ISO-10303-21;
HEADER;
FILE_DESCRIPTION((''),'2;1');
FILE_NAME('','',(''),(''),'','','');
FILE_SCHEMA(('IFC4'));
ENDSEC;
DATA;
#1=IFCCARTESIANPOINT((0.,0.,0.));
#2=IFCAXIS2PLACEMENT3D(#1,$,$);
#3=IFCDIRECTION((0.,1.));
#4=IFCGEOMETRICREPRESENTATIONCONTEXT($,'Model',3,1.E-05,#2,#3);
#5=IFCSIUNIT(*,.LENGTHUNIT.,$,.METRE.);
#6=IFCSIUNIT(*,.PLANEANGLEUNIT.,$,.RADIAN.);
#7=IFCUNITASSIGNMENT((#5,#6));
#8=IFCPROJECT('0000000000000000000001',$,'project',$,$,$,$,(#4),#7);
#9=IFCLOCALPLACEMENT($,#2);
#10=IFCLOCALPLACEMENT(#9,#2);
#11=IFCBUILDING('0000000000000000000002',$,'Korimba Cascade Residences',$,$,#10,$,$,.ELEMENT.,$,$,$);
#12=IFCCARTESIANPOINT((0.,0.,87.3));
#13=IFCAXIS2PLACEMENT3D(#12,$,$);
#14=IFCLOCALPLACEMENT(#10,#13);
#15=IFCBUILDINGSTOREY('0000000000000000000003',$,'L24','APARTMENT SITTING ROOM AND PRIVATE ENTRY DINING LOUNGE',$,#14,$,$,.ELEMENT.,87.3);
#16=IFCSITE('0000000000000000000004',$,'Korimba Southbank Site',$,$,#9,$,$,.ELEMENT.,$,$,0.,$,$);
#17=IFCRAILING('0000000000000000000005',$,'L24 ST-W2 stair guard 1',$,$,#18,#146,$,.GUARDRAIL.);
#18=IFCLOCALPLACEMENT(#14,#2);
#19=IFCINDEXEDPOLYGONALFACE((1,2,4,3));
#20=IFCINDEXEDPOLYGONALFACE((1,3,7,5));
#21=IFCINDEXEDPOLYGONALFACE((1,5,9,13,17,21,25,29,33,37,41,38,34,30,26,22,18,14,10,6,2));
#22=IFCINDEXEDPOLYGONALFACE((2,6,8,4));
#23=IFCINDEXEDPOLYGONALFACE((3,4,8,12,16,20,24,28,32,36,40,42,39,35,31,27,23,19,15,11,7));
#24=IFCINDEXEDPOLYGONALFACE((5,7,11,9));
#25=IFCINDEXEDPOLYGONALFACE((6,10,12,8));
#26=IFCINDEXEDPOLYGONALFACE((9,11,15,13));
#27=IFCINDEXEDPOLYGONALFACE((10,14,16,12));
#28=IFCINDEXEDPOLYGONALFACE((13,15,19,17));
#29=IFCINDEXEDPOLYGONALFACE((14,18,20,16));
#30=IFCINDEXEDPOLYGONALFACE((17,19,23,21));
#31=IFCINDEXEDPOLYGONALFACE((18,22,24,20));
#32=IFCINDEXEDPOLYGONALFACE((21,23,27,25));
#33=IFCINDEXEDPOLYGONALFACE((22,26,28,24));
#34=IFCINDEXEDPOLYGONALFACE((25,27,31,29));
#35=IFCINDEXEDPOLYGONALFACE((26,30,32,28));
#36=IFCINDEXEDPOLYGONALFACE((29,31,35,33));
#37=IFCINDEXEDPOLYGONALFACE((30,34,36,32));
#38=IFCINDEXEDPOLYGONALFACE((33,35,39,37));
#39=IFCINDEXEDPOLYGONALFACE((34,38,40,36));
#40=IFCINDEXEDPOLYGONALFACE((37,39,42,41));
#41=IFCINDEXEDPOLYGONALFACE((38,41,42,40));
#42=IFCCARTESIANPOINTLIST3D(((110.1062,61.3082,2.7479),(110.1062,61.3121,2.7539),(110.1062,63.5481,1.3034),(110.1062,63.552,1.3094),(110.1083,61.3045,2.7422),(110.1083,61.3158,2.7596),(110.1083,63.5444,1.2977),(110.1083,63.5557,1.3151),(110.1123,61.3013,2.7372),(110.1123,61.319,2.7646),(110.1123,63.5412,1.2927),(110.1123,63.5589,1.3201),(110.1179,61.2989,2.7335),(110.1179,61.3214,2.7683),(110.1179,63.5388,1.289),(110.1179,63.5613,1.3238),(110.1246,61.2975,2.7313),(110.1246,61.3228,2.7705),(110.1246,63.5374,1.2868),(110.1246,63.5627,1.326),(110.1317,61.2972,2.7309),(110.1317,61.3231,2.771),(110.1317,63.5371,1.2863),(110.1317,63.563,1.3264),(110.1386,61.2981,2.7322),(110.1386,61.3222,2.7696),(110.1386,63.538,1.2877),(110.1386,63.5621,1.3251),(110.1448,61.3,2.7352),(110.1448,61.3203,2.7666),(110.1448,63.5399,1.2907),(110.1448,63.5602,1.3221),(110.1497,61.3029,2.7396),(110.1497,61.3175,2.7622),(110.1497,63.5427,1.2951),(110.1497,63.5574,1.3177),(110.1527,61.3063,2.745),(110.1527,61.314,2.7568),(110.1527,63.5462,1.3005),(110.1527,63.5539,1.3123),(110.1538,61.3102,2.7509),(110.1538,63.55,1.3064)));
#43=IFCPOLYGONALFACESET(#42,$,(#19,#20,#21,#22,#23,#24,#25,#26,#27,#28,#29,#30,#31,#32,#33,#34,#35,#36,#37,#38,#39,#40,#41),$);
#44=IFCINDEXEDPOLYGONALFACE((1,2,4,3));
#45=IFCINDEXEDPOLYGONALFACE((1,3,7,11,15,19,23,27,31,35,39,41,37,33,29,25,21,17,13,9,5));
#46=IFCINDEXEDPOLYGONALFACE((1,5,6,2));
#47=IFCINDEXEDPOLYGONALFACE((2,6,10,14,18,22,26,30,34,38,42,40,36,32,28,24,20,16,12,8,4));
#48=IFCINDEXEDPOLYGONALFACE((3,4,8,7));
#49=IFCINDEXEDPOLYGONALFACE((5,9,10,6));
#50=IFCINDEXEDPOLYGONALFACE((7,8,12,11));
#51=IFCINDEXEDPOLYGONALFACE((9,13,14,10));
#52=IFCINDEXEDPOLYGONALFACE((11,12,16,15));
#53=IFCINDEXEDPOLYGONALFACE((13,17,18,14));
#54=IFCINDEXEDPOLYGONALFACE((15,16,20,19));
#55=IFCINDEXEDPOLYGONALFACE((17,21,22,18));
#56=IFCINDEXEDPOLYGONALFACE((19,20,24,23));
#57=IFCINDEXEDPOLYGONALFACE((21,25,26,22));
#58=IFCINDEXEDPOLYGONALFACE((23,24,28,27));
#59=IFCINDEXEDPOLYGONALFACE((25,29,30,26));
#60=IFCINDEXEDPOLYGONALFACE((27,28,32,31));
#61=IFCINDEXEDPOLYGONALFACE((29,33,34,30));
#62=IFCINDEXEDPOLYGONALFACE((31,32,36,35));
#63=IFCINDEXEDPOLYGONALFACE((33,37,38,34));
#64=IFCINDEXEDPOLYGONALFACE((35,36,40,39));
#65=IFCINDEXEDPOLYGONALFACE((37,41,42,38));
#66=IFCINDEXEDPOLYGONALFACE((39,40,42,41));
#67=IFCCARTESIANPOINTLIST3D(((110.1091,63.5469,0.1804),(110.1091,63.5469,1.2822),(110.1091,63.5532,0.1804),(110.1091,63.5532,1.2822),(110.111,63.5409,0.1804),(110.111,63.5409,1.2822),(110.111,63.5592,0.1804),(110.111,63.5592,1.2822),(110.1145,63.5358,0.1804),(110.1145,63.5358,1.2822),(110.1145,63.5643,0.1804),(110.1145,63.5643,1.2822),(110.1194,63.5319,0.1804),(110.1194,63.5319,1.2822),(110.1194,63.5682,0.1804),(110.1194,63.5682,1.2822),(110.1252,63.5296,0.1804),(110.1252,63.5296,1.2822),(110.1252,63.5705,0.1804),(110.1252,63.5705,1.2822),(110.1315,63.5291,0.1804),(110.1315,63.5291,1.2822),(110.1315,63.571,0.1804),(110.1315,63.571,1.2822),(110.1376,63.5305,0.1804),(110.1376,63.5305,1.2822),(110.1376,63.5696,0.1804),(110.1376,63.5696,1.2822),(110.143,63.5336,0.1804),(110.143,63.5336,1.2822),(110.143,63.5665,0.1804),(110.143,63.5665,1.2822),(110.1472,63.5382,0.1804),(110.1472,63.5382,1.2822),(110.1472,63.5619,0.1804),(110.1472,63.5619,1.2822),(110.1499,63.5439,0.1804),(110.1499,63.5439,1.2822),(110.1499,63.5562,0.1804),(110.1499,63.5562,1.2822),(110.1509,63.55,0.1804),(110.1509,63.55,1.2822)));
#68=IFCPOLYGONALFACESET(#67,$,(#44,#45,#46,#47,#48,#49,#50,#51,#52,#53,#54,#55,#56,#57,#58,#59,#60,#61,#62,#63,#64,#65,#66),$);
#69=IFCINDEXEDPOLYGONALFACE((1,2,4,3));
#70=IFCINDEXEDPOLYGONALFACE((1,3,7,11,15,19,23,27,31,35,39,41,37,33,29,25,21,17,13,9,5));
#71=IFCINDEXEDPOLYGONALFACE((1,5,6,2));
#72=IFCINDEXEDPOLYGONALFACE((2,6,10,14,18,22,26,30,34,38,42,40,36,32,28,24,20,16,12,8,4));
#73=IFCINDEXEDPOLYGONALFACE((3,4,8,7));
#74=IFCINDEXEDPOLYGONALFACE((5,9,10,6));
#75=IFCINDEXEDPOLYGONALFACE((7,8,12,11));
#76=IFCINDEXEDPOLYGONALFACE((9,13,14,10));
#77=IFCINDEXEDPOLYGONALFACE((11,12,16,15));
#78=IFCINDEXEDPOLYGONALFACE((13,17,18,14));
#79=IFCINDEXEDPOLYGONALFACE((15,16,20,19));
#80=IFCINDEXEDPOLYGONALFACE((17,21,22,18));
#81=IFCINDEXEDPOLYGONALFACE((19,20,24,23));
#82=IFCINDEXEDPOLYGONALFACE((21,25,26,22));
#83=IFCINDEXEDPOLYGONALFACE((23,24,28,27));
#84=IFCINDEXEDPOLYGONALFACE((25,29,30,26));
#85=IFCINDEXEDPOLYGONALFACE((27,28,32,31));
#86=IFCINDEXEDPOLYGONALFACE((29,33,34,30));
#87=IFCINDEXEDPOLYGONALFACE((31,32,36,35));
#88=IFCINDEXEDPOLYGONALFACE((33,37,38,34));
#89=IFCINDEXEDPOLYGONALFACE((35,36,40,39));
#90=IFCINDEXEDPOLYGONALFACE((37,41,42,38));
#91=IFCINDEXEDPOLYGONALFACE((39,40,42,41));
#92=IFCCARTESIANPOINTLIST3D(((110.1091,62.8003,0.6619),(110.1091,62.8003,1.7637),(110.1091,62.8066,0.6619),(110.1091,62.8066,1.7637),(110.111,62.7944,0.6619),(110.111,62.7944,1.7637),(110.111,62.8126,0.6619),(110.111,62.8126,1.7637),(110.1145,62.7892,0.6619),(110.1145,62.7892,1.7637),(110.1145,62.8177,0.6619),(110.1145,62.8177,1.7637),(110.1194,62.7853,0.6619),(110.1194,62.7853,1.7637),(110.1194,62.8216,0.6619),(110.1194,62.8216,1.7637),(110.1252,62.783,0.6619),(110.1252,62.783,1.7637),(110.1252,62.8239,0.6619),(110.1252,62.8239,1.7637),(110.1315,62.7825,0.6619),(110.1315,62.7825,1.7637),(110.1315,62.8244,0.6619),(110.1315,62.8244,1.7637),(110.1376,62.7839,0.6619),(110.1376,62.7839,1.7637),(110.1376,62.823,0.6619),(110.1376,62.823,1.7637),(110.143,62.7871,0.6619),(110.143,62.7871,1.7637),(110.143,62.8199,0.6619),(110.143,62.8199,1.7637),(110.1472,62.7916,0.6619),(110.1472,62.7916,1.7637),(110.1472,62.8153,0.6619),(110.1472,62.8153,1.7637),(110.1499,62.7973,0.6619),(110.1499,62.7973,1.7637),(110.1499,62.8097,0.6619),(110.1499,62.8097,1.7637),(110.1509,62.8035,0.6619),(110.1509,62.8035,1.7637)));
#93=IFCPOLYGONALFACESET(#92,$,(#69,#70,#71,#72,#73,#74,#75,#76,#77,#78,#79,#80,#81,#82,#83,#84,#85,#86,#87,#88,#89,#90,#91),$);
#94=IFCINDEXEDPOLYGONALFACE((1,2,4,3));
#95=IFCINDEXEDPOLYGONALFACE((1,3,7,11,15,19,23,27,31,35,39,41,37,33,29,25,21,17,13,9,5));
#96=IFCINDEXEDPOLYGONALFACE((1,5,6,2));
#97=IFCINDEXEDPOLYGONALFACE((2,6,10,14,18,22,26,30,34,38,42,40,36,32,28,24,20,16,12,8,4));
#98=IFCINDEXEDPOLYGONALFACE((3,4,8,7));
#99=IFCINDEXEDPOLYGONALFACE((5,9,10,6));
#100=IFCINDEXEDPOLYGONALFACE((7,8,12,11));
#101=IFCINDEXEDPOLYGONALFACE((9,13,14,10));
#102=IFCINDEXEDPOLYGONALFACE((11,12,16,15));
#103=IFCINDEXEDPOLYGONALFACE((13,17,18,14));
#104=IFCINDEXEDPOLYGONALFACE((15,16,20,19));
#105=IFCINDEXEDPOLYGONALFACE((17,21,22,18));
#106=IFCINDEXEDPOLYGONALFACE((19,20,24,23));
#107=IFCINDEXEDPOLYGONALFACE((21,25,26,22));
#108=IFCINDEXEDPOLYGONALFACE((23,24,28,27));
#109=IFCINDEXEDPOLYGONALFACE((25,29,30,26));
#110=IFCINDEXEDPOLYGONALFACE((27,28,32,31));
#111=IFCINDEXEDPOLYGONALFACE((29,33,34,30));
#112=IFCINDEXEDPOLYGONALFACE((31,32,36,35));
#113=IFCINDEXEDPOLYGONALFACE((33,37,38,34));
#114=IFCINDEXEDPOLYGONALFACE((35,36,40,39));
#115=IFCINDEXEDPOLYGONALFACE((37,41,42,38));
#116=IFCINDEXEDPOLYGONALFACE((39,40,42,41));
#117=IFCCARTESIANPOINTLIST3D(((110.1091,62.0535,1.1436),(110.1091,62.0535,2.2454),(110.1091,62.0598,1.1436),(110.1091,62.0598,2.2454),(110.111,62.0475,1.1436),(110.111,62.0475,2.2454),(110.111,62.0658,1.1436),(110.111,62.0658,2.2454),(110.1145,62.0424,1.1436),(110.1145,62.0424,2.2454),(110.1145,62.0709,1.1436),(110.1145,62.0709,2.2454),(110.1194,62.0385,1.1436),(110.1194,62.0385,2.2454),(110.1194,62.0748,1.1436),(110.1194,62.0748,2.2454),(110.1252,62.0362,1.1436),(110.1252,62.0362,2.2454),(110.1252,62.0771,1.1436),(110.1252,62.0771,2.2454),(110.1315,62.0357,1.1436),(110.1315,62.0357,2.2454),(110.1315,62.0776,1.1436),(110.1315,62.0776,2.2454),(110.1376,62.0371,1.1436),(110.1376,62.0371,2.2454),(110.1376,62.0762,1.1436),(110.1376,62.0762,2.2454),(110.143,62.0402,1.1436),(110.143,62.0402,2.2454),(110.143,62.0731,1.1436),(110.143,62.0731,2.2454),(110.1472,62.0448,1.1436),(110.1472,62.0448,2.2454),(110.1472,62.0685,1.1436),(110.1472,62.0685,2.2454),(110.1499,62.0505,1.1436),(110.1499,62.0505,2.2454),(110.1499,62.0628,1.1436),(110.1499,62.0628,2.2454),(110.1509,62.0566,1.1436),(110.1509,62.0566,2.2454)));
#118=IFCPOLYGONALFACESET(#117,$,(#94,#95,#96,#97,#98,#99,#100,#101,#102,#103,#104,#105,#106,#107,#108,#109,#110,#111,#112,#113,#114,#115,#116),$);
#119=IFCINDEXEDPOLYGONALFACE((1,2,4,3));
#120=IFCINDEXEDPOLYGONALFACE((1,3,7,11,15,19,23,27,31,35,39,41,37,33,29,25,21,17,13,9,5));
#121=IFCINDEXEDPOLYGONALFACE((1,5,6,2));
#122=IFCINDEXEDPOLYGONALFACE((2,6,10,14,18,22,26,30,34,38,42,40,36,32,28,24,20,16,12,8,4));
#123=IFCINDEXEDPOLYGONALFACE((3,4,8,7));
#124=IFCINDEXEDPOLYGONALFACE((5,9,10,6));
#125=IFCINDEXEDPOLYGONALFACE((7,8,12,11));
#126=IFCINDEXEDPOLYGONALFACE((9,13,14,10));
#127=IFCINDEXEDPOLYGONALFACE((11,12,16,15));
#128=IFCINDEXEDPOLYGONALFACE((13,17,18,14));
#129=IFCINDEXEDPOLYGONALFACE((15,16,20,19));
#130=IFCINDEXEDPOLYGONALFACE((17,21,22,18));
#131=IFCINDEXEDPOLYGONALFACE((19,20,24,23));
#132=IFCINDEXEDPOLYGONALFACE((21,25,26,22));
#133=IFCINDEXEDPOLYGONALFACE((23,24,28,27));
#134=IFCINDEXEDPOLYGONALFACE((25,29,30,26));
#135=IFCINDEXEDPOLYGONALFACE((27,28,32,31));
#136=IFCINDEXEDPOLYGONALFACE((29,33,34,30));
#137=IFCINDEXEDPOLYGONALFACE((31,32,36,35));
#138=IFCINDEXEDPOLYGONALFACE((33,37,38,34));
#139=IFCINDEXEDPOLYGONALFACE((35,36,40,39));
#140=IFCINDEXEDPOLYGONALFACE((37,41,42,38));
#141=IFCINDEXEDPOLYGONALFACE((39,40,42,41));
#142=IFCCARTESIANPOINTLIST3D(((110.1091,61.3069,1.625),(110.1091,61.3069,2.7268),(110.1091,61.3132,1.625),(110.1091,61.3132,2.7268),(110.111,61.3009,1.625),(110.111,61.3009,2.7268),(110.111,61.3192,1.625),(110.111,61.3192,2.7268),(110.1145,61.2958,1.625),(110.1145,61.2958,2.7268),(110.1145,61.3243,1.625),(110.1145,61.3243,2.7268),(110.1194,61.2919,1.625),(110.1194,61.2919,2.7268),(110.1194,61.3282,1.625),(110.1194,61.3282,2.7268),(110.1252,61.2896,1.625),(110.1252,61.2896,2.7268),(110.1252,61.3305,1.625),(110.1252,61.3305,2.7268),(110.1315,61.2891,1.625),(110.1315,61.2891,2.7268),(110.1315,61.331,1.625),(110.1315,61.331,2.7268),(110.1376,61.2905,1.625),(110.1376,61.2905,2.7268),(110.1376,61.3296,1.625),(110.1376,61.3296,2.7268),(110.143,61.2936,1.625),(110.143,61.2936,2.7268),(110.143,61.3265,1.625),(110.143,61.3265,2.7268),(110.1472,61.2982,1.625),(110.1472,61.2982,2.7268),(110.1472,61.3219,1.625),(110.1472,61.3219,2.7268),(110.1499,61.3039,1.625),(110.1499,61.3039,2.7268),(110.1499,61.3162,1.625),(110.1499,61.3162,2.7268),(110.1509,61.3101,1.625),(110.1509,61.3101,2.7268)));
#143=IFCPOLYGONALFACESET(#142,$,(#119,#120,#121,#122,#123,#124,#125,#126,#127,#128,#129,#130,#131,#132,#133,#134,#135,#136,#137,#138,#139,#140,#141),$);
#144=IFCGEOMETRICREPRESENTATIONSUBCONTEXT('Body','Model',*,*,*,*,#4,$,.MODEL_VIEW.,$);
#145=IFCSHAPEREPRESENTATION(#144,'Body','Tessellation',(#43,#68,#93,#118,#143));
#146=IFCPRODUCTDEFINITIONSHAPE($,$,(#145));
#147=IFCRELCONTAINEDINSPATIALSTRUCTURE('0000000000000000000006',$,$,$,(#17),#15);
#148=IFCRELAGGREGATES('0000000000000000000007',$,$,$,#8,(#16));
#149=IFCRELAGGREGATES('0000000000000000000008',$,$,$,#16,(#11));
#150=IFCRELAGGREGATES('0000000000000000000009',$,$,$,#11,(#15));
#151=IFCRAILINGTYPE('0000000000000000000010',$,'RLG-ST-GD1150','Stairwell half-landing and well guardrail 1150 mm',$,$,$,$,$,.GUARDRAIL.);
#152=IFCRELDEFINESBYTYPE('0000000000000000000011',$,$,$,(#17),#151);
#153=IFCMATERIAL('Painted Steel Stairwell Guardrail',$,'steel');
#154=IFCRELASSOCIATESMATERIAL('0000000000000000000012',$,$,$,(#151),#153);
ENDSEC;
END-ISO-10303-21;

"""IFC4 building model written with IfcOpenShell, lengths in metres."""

from ifc_helpers import new_model, si_unit, direction, frame, origin, origin_2d, place, context, subcontext, project, spatial, circle, extrude, material, type_object, element, save


model = new_model("IFC4")

# Units and contexts
model_context = context("Model", 3, precision=1e-05, world=origin(), true_north=direction((0.0, 1.0)))
body_context = subcontext(model_context, "Body", "Model", "MODEL_VIEW")
ifc_project = project(units=[si_unit("LENGTHUNIT", "METRE"), si_unit("PLANEANGLEUNIT", "RADIAN")], contexts=[model_context])

# Site, building, storey
site_placement = place(None, origin())
site = spatial("IfcSite", under=ifc_project, at=site_placement, Name="Korimba Southbank Site", CompositionType="ELEMENT", RefElevation=0.0)
building_placement = place(site_placement, origin())
building = spatial("IfcBuilding", under=site, at=building_placement, Name="Korimba Cascade Residences", CompositionType="ELEMENT")
storey_placement = place(building_placement, frame((0.0, 0.0, 87.3)))
storey = spatial("IfcBuildingStorey", under=building, at=storey_placement, Name="L24", Description="APARTMENT SITTING ROOM AND PRIVATE ENTRY DINING LOUNGE", CompositionType="ELEMENT", Elevation=87.3)

# Railing
ifc_material_1 = material(Name="Painted Steel Stairwell Guardrail", Category="steel")
railing_type_1 = type_object("IfcRailingType", Name="RLG-ST-GD1150", Description="Stairwell half-landing and well guardrail 1150 mm", PredefinedType="GUARDRAIL", material=ifc_material_1)
railing_1_placement = place(storey_placement, frame((110.1299, 63.55, 0.1804)))
element("IfcRailing", 1, at=railing_1_placement, inside=storey, type_object=railing_type_1, Name="L24 ST-W2 stair guard 1", PredefinedType="GUARDRAIL", context=body_context, shape_type="SweptSolid", body=[
    extrude(circle(Radius=0.0239, at=origin_2d()), frame((0.0, 0.0, 1.126), z_axis=(0.0, -0.840395, 0.541975), x_axis=(1.0, 0.0, 0.0)), (0.0, 0.0, 1.0), 2.6653),
    extrude(circle(Radius=0.021, at=origin_2d()), origin(), (0.0, 0.0, 1.0), 1.1018),
    extrude(circle(Radius=0.021, at=origin_2d()), frame((0.0, -0.7466, 0.4814)), (0.0, 0.0, 1.0), 1.1018),
    extrude(circle(Radius=0.021, at=origin_2d()), frame((0.0, -1.4934, 0.9631)), (0.0, 0.0, 1.0), 1.1018),
    extrude(circle(Radius=0.021, at=origin_2d()), frame((0.0, -2.24, 1.4446)), (0.0, 0.0, 1.0), 1.1018),
])

save(model, "model.ifc")
